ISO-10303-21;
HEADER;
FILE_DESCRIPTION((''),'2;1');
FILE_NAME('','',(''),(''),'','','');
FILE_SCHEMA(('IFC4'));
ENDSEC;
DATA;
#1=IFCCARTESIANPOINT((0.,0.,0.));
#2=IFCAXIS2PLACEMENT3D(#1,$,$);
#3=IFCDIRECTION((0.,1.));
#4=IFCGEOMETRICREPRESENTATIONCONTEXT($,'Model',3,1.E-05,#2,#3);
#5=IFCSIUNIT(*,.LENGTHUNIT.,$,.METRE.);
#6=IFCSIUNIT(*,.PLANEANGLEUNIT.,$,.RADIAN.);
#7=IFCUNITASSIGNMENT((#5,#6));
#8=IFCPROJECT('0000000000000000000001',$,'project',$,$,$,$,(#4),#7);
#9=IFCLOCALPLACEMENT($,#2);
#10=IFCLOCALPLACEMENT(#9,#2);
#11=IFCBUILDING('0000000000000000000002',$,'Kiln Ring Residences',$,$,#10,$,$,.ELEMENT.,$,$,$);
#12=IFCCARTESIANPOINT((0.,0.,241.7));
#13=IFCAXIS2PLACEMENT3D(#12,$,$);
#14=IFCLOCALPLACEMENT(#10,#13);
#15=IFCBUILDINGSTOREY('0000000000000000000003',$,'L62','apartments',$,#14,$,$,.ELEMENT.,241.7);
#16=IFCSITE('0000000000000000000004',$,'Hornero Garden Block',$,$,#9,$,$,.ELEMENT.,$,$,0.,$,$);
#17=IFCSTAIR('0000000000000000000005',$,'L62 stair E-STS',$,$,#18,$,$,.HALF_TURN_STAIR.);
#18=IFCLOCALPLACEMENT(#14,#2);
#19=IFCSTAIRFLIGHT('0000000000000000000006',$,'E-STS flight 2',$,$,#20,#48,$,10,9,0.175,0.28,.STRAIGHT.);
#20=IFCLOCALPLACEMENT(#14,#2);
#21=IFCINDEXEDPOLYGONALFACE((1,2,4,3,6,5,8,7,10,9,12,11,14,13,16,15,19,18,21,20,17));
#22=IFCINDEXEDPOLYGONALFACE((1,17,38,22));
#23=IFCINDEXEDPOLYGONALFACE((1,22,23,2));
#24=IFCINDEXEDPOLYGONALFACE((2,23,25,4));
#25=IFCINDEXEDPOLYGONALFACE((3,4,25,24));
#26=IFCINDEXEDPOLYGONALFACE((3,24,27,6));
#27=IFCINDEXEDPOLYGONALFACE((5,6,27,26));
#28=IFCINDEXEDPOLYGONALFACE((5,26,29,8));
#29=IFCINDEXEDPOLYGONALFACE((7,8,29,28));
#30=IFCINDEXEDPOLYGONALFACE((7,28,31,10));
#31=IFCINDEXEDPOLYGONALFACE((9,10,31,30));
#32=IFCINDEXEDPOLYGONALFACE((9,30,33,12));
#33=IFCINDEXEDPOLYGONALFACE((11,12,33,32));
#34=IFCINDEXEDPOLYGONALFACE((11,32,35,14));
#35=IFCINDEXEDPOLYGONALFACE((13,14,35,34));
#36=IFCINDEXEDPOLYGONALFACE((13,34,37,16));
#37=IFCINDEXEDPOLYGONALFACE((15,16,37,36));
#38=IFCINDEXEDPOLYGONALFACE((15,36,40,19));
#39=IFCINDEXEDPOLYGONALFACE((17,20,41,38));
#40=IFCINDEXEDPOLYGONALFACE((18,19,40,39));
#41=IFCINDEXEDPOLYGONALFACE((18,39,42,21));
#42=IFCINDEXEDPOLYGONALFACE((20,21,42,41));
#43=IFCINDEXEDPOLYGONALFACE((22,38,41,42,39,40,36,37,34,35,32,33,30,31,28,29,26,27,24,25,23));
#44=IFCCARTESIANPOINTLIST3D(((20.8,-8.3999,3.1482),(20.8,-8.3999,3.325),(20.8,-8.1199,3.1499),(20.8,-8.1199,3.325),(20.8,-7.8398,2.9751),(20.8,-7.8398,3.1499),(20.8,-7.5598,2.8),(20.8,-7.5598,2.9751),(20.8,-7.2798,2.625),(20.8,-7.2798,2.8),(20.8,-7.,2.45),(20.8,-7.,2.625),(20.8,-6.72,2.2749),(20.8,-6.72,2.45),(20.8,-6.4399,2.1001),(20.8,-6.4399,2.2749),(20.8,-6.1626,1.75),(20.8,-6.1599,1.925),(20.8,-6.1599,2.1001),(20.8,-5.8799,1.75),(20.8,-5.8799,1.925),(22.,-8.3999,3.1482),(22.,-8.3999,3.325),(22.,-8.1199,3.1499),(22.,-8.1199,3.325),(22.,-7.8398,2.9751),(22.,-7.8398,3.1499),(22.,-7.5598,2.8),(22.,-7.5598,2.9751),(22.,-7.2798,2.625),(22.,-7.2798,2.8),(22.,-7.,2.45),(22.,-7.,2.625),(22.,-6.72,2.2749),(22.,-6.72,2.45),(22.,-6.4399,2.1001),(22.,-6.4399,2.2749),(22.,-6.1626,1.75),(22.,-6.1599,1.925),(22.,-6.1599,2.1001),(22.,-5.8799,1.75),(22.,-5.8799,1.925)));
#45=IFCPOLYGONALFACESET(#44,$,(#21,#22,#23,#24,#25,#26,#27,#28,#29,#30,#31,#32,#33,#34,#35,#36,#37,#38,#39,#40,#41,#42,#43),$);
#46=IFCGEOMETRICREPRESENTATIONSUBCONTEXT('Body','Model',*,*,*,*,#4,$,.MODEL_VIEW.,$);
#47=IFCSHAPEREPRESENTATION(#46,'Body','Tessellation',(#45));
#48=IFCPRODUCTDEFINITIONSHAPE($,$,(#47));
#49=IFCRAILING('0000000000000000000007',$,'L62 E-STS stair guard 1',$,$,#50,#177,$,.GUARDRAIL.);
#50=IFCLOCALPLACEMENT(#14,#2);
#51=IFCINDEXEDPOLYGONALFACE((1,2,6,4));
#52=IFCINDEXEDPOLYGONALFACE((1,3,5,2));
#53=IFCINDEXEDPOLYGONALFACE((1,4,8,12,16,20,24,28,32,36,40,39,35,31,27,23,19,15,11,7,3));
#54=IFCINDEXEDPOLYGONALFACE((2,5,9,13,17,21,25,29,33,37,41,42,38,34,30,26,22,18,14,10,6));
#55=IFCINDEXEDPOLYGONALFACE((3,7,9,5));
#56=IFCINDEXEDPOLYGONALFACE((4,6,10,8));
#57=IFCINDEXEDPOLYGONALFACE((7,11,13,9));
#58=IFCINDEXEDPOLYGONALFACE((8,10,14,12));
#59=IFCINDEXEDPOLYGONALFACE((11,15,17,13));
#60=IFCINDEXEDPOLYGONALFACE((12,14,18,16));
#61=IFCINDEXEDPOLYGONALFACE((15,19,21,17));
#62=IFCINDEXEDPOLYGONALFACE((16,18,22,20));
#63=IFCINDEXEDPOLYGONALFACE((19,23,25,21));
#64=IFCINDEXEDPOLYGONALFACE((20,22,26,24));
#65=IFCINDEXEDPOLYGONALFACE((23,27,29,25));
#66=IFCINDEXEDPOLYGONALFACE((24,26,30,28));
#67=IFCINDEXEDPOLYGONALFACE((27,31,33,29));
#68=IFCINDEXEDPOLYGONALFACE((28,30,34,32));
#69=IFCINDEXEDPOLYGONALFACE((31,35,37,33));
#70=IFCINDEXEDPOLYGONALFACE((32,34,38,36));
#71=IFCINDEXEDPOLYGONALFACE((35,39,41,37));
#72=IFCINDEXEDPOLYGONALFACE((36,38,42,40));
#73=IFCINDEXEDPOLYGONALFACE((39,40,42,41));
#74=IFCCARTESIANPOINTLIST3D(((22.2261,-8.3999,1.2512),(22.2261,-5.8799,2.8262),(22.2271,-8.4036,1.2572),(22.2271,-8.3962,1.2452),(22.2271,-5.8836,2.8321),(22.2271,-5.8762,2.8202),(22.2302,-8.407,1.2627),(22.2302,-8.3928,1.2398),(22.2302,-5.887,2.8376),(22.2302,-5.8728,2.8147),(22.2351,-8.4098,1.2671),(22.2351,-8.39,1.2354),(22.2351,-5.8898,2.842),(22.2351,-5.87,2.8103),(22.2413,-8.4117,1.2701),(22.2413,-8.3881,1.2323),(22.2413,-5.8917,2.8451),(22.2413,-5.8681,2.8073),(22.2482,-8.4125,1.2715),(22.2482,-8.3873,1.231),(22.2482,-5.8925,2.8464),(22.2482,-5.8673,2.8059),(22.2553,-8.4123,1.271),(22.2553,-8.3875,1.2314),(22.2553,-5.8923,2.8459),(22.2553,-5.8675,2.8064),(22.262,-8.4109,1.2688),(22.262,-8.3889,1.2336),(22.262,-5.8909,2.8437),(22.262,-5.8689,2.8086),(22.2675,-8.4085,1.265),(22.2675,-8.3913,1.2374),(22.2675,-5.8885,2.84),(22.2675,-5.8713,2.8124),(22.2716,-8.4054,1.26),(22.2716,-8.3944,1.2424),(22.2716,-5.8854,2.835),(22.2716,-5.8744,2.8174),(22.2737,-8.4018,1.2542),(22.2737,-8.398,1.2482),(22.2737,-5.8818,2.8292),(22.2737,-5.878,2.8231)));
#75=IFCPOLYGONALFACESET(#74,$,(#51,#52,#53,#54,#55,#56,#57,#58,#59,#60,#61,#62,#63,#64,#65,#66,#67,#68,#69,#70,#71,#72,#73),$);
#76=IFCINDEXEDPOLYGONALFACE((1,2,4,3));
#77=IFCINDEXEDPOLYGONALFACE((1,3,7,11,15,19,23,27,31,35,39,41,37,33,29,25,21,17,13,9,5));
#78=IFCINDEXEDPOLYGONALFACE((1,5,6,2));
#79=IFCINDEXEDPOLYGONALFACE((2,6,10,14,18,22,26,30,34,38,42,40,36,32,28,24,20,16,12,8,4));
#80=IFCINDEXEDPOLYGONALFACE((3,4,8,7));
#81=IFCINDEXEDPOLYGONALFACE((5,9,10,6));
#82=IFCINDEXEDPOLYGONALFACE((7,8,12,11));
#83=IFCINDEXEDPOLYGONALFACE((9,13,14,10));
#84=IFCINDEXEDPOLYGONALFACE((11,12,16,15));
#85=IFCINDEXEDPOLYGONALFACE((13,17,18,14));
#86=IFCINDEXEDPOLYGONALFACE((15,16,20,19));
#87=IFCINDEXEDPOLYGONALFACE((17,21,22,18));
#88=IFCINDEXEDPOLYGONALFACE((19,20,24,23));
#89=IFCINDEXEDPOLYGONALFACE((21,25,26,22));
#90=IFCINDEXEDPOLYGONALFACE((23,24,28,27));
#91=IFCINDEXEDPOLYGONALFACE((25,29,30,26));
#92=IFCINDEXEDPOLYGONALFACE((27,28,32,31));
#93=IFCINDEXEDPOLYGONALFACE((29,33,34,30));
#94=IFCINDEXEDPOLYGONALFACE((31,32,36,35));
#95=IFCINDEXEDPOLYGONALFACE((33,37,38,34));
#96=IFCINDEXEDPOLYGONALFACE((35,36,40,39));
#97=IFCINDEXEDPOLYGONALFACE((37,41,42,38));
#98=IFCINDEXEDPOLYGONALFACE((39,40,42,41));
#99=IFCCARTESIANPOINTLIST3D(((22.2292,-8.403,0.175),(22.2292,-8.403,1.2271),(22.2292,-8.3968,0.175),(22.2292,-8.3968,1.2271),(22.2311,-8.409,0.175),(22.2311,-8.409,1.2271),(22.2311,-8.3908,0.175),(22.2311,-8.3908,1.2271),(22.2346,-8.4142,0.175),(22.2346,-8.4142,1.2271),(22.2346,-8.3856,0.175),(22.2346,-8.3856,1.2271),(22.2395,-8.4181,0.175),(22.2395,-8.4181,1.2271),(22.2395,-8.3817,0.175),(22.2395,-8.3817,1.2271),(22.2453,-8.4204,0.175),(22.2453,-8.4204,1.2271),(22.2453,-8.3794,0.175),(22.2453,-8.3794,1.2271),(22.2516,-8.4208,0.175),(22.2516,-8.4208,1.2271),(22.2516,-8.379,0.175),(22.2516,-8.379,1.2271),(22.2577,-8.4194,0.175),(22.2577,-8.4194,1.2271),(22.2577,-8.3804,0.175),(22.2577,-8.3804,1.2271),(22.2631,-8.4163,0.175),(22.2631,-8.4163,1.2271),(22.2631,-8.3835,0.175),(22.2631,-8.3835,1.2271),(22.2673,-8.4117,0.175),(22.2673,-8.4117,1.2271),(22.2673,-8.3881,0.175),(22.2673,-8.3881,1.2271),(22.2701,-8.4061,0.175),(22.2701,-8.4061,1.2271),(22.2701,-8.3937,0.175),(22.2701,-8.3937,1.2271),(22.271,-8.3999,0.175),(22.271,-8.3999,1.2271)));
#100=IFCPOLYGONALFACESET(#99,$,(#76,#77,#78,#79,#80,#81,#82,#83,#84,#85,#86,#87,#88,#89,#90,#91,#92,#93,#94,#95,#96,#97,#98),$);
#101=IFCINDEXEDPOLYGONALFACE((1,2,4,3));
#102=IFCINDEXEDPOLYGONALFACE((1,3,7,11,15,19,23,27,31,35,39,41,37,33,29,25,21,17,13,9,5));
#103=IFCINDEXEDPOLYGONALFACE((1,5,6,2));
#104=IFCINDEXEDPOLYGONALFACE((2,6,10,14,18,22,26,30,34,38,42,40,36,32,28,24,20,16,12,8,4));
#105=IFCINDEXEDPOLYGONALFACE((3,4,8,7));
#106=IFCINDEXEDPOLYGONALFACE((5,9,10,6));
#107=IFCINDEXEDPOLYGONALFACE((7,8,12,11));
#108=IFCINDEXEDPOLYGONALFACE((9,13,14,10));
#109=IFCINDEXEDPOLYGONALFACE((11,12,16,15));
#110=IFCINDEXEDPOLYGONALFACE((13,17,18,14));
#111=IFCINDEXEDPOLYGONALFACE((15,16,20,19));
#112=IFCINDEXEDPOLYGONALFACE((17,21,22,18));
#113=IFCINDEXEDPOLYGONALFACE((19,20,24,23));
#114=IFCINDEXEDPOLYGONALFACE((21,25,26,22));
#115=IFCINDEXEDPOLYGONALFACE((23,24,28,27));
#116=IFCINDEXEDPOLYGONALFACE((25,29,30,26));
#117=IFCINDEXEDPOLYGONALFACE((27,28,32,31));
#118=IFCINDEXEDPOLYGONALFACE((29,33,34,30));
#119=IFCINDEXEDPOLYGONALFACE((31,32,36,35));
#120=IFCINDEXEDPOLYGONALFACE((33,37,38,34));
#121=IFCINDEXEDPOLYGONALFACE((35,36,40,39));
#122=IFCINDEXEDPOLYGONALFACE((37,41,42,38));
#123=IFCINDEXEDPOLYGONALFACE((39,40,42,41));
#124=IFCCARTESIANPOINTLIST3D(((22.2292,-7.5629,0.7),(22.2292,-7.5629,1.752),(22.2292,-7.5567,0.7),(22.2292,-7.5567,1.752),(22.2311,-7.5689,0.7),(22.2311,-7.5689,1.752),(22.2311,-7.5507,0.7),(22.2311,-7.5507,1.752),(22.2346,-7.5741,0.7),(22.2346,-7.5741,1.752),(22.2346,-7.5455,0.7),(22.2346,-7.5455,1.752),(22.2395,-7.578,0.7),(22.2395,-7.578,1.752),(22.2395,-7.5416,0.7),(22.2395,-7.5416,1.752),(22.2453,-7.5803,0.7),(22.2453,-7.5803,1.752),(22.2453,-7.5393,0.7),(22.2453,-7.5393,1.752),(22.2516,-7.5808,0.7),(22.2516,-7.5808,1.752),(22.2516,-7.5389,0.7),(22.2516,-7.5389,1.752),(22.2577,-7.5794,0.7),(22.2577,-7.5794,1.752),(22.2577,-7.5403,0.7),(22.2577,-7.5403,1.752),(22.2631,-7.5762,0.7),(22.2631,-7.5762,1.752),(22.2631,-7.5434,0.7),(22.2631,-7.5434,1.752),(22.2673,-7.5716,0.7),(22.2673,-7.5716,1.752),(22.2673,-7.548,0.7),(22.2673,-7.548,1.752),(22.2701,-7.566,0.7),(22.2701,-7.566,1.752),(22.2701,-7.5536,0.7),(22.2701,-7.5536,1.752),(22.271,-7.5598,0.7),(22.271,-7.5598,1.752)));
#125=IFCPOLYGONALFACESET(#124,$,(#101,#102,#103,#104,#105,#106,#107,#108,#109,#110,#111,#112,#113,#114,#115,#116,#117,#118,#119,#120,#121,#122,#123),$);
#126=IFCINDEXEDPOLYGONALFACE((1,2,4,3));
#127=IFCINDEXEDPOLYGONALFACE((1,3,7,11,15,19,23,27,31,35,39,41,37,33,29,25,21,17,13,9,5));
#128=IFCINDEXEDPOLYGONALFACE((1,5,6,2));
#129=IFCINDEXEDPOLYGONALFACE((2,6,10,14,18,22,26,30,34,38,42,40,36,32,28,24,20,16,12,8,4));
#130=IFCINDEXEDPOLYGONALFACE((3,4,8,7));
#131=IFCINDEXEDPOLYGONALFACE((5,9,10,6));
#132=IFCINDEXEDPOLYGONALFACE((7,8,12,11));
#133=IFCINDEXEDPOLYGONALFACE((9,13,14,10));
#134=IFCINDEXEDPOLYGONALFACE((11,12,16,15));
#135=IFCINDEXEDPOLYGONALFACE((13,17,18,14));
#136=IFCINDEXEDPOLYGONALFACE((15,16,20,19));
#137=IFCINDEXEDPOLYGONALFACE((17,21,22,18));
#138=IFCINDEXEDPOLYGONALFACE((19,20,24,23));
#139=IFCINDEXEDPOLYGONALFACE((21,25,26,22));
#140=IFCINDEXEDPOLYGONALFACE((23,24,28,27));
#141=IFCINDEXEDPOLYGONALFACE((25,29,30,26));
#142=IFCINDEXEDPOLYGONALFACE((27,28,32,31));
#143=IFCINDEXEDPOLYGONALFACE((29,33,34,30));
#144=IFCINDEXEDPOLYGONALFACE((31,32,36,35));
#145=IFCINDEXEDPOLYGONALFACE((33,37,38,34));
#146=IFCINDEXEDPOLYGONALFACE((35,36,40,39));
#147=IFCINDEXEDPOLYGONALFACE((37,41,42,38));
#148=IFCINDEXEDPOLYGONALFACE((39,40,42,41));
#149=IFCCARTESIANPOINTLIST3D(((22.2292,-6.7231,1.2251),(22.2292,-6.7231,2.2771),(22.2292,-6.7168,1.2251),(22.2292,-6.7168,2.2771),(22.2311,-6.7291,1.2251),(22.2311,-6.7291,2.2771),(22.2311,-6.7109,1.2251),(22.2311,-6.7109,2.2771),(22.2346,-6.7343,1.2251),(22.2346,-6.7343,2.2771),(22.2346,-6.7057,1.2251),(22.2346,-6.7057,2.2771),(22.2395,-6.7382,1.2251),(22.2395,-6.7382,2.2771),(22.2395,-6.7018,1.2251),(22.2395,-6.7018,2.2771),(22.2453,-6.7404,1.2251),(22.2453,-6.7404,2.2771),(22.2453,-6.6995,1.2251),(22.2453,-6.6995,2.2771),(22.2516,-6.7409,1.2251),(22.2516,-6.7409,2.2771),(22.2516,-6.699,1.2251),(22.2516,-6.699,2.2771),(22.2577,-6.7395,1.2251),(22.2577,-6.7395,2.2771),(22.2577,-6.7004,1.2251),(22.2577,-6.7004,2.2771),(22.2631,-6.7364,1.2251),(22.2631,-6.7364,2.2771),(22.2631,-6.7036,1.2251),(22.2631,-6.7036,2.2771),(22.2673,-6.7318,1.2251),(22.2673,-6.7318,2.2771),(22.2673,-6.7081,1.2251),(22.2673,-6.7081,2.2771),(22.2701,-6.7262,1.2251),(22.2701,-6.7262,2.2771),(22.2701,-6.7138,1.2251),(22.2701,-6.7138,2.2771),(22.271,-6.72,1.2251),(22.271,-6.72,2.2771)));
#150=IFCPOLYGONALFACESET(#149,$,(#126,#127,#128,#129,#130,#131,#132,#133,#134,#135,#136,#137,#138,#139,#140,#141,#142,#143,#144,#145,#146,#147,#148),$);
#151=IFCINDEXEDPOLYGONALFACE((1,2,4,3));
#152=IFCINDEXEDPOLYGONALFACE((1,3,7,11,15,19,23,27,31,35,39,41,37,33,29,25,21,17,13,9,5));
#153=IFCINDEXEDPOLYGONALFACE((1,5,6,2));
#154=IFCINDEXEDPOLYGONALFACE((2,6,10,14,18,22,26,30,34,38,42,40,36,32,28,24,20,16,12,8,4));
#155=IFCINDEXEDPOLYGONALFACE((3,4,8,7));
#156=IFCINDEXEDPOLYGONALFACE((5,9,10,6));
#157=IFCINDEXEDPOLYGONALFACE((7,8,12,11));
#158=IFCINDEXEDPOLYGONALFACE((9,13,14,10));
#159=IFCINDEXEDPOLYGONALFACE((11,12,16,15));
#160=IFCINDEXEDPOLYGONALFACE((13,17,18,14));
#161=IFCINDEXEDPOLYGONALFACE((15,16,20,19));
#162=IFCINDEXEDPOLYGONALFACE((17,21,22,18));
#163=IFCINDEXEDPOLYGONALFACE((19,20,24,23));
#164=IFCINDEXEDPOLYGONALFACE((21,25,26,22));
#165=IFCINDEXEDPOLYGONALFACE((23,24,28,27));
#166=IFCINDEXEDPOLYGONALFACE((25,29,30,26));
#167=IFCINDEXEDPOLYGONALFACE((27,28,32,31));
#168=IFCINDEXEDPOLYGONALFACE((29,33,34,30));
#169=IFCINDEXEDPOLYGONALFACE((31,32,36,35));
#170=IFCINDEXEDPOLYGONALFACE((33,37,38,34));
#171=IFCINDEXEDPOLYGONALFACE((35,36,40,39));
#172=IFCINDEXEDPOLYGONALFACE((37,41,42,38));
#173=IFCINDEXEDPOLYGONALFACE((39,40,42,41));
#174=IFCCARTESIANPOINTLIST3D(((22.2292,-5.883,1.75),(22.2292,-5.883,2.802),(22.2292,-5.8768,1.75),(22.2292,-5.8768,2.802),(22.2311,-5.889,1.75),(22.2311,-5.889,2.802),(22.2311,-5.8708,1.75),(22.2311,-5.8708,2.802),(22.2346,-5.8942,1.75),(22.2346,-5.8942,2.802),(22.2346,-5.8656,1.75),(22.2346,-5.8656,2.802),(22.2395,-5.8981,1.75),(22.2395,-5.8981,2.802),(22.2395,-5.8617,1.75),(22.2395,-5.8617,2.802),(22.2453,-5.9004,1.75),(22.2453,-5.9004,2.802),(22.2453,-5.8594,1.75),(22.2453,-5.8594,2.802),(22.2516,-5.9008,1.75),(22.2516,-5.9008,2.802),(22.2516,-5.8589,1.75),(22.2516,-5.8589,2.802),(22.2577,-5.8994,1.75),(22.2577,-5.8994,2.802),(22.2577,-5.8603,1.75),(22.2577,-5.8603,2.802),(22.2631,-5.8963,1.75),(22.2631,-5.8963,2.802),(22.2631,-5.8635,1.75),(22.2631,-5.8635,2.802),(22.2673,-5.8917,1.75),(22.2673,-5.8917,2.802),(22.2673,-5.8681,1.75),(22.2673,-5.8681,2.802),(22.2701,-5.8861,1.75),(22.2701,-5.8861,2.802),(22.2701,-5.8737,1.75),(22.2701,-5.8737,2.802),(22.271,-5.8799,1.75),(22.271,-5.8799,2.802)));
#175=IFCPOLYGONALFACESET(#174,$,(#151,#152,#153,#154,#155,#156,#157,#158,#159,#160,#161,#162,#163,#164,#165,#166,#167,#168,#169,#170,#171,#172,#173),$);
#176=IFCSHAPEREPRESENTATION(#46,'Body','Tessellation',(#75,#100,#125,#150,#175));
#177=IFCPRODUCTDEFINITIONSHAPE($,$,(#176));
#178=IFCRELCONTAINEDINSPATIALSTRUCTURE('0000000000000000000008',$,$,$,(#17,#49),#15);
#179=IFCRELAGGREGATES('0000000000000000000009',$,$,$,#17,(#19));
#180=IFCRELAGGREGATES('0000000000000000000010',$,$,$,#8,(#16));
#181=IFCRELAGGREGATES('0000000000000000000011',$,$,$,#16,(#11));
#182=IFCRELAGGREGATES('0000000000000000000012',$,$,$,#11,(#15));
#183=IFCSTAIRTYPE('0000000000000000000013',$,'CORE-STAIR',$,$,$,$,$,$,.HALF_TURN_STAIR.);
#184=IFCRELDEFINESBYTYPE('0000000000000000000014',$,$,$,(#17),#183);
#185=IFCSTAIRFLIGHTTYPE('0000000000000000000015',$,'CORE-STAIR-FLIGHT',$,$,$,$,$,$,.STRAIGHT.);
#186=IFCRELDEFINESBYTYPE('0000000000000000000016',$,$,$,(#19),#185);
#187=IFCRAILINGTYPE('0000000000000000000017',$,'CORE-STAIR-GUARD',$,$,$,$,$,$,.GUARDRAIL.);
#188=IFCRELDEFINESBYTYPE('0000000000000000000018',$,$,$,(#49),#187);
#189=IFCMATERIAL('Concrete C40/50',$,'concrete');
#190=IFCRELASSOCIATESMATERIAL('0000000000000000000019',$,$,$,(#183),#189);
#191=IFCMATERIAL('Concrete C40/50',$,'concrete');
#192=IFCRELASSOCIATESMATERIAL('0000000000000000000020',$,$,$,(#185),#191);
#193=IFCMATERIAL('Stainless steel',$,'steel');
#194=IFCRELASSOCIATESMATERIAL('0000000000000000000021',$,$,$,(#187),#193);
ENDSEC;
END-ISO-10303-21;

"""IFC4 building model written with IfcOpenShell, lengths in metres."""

from ifc_helpers import new_model, si_unit, direction, frame, origin, origin_2d, place, context, subcontext, project, spatial, polyline, circle, outline, extrude, material, type_object, element, aggregate, save


model = new_model("IFC4")

# Units and contexts
model_context = context("Model", 3, precision=1e-05, world=origin(), true_north=direction((0.0, 1.0)))
body_context = subcontext(model_context, "Body", "Model", "MODEL_VIEW")
ifc_project = project(units=[si_unit("LENGTHUNIT", "METRE"), si_unit("PLANEANGLEUNIT", "RADIAN")], contexts=[model_context])

# Site, building, storey
site_placement = place(None, origin())
site = spatial("IfcSite", under=ifc_project, at=site_placement, Name="Hornero Garden Block", CompositionType="ELEMENT", RefElevation=0.0)
building_placement = place(site_placement, origin())
building = spatial("IfcBuilding", under=site, at=building_placement, Name="Kiln Ring Residences", CompositionType="ELEMENT")
storey_placement = place(building_placement, frame((0.0, 0.0, 241.7)))
storey = spatial("IfcBuildingStorey", under=building, at=storey_placement, Name="L62", Description="apartments", CompositionType="ELEMENT", Elevation=241.7)

# Stair, stair flight
ifc_material_1 = material(Name="Concrete C40/50", Category="concrete")
stair_type = type_object("IfcStairType", Name="CORE-STAIR", PredefinedType="HALF_TURN_STAIR", material=ifc_material_1)
stair_placement = place(storey_placement, origin())
stair = element("IfcStair", 1, at=stair_placement, inside=storey, type_object=stair_type, Name="L62 stair E-STS", PredefinedType="HALF_TURN_STAIR")
ifc_material_2 = material(Name="Concrete C40/50", Category="concrete")
stair_flight_type = type_object("IfcStairFlightType", Name="CORE-STAIR-FLIGHT", PredefinedType="STRAIGHT", material=ifc_material_2)
stair_flight_1_placement = place(storey_placement, frame((21.3999, -5.8799, 1.75), z_axis=(0.0, 0.0, 1.0), x_axis=(0.0, -1.0, 0.0)))
stair_flight_1 = element("IfcStairFlight", 2, at=stair_flight_1_placement, type_object=stair_flight_type, Name="E-STS flight 2", NumberOfRisers=10, NumberOfTreads=9, PredefinedType="STRAIGHT", RiserHeight=0.175, TreadLength=0.28, context=body_context, shape_type="SweptSolid", body=[
    extrude(outline(polyline([(0.0, 0.0), (0.0, 0.175), (0.28, 0.175), (0.28, 0.3501), (0.5601, 0.3501), (0.5601, 0.5249), (0.8401, 0.5249), (0.8401, 0.7), (1.1201, 0.7), (1.1201, 0.875), (1.3999, 0.875), (1.3999, 1.05), (1.6799, 1.05), (1.6799, 1.2251), (1.96, 1.2251), (1.96, 1.3999), (2.24, 1.3999), (2.24, 1.575), (2.52, 1.575), (2.52, 1.75), (2.52, 1.3982), (0.2827, 0.0), (0.0, 0.0)])), frame((0.0, 0.6001, 0.0), z_axis=(0.0, -1.0, 0.0), x_axis=(1.0, 0.0, 0.0)), (0.0, 0.0, 1.0), 1.2),
])
aggregate(stair, [stair_flight_1])

# Railing
ifc_material_3 = material(Name="Stainless steel", Category="steel")
railing_type_1 = type_object("IfcRailingType", Name="CORE-STAIR-GUARD", PredefinedType="GUARDRAIL", material=ifc_material_3)
railing_1_placement = place(storey_placement, frame((22.25, -8.3999, 0.175)))
element("IfcRailing", 3, at=railing_1_placement, inside=storey, type_object=railing_type_1, Name="L62 E-STS stair guard 1", PredefinedType="GUARDRAIL", context=body_context, shape_type="SweptSolid", body=[
    extrude(circle(Radius=0.0239, at=origin_2d()), frame((0.0, 0.0, 1.0762), z_axis=(0.0, 0.848008, 0.529984), x_axis=(-1.0, 0.0, 0.0)), (0.0, 0.0, 1.0), 2.9717),
    extrude(circle(Radius=0.021, at=origin_2d()), origin(), (0.0, 0.0, 1.0), 1.052),
    extrude(circle(Radius=0.021, at=origin_2d()), frame((0.0, 0.8401, 0.5249)), (0.0, 0.0, 1.0), 1.052),
    extrude(circle(Radius=0.021, at=origin_2d()), frame((0.0, 1.6799, 1.05)), (0.0, 0.0, 1.0), 1.052),
    extrude(circle(Radius=0.021, at=origin_2d()), frame((0.0, 2.52, 1.575)), (0.0, 0.0, 1.0), 1.052),
])

save(model, "model.ifc")
